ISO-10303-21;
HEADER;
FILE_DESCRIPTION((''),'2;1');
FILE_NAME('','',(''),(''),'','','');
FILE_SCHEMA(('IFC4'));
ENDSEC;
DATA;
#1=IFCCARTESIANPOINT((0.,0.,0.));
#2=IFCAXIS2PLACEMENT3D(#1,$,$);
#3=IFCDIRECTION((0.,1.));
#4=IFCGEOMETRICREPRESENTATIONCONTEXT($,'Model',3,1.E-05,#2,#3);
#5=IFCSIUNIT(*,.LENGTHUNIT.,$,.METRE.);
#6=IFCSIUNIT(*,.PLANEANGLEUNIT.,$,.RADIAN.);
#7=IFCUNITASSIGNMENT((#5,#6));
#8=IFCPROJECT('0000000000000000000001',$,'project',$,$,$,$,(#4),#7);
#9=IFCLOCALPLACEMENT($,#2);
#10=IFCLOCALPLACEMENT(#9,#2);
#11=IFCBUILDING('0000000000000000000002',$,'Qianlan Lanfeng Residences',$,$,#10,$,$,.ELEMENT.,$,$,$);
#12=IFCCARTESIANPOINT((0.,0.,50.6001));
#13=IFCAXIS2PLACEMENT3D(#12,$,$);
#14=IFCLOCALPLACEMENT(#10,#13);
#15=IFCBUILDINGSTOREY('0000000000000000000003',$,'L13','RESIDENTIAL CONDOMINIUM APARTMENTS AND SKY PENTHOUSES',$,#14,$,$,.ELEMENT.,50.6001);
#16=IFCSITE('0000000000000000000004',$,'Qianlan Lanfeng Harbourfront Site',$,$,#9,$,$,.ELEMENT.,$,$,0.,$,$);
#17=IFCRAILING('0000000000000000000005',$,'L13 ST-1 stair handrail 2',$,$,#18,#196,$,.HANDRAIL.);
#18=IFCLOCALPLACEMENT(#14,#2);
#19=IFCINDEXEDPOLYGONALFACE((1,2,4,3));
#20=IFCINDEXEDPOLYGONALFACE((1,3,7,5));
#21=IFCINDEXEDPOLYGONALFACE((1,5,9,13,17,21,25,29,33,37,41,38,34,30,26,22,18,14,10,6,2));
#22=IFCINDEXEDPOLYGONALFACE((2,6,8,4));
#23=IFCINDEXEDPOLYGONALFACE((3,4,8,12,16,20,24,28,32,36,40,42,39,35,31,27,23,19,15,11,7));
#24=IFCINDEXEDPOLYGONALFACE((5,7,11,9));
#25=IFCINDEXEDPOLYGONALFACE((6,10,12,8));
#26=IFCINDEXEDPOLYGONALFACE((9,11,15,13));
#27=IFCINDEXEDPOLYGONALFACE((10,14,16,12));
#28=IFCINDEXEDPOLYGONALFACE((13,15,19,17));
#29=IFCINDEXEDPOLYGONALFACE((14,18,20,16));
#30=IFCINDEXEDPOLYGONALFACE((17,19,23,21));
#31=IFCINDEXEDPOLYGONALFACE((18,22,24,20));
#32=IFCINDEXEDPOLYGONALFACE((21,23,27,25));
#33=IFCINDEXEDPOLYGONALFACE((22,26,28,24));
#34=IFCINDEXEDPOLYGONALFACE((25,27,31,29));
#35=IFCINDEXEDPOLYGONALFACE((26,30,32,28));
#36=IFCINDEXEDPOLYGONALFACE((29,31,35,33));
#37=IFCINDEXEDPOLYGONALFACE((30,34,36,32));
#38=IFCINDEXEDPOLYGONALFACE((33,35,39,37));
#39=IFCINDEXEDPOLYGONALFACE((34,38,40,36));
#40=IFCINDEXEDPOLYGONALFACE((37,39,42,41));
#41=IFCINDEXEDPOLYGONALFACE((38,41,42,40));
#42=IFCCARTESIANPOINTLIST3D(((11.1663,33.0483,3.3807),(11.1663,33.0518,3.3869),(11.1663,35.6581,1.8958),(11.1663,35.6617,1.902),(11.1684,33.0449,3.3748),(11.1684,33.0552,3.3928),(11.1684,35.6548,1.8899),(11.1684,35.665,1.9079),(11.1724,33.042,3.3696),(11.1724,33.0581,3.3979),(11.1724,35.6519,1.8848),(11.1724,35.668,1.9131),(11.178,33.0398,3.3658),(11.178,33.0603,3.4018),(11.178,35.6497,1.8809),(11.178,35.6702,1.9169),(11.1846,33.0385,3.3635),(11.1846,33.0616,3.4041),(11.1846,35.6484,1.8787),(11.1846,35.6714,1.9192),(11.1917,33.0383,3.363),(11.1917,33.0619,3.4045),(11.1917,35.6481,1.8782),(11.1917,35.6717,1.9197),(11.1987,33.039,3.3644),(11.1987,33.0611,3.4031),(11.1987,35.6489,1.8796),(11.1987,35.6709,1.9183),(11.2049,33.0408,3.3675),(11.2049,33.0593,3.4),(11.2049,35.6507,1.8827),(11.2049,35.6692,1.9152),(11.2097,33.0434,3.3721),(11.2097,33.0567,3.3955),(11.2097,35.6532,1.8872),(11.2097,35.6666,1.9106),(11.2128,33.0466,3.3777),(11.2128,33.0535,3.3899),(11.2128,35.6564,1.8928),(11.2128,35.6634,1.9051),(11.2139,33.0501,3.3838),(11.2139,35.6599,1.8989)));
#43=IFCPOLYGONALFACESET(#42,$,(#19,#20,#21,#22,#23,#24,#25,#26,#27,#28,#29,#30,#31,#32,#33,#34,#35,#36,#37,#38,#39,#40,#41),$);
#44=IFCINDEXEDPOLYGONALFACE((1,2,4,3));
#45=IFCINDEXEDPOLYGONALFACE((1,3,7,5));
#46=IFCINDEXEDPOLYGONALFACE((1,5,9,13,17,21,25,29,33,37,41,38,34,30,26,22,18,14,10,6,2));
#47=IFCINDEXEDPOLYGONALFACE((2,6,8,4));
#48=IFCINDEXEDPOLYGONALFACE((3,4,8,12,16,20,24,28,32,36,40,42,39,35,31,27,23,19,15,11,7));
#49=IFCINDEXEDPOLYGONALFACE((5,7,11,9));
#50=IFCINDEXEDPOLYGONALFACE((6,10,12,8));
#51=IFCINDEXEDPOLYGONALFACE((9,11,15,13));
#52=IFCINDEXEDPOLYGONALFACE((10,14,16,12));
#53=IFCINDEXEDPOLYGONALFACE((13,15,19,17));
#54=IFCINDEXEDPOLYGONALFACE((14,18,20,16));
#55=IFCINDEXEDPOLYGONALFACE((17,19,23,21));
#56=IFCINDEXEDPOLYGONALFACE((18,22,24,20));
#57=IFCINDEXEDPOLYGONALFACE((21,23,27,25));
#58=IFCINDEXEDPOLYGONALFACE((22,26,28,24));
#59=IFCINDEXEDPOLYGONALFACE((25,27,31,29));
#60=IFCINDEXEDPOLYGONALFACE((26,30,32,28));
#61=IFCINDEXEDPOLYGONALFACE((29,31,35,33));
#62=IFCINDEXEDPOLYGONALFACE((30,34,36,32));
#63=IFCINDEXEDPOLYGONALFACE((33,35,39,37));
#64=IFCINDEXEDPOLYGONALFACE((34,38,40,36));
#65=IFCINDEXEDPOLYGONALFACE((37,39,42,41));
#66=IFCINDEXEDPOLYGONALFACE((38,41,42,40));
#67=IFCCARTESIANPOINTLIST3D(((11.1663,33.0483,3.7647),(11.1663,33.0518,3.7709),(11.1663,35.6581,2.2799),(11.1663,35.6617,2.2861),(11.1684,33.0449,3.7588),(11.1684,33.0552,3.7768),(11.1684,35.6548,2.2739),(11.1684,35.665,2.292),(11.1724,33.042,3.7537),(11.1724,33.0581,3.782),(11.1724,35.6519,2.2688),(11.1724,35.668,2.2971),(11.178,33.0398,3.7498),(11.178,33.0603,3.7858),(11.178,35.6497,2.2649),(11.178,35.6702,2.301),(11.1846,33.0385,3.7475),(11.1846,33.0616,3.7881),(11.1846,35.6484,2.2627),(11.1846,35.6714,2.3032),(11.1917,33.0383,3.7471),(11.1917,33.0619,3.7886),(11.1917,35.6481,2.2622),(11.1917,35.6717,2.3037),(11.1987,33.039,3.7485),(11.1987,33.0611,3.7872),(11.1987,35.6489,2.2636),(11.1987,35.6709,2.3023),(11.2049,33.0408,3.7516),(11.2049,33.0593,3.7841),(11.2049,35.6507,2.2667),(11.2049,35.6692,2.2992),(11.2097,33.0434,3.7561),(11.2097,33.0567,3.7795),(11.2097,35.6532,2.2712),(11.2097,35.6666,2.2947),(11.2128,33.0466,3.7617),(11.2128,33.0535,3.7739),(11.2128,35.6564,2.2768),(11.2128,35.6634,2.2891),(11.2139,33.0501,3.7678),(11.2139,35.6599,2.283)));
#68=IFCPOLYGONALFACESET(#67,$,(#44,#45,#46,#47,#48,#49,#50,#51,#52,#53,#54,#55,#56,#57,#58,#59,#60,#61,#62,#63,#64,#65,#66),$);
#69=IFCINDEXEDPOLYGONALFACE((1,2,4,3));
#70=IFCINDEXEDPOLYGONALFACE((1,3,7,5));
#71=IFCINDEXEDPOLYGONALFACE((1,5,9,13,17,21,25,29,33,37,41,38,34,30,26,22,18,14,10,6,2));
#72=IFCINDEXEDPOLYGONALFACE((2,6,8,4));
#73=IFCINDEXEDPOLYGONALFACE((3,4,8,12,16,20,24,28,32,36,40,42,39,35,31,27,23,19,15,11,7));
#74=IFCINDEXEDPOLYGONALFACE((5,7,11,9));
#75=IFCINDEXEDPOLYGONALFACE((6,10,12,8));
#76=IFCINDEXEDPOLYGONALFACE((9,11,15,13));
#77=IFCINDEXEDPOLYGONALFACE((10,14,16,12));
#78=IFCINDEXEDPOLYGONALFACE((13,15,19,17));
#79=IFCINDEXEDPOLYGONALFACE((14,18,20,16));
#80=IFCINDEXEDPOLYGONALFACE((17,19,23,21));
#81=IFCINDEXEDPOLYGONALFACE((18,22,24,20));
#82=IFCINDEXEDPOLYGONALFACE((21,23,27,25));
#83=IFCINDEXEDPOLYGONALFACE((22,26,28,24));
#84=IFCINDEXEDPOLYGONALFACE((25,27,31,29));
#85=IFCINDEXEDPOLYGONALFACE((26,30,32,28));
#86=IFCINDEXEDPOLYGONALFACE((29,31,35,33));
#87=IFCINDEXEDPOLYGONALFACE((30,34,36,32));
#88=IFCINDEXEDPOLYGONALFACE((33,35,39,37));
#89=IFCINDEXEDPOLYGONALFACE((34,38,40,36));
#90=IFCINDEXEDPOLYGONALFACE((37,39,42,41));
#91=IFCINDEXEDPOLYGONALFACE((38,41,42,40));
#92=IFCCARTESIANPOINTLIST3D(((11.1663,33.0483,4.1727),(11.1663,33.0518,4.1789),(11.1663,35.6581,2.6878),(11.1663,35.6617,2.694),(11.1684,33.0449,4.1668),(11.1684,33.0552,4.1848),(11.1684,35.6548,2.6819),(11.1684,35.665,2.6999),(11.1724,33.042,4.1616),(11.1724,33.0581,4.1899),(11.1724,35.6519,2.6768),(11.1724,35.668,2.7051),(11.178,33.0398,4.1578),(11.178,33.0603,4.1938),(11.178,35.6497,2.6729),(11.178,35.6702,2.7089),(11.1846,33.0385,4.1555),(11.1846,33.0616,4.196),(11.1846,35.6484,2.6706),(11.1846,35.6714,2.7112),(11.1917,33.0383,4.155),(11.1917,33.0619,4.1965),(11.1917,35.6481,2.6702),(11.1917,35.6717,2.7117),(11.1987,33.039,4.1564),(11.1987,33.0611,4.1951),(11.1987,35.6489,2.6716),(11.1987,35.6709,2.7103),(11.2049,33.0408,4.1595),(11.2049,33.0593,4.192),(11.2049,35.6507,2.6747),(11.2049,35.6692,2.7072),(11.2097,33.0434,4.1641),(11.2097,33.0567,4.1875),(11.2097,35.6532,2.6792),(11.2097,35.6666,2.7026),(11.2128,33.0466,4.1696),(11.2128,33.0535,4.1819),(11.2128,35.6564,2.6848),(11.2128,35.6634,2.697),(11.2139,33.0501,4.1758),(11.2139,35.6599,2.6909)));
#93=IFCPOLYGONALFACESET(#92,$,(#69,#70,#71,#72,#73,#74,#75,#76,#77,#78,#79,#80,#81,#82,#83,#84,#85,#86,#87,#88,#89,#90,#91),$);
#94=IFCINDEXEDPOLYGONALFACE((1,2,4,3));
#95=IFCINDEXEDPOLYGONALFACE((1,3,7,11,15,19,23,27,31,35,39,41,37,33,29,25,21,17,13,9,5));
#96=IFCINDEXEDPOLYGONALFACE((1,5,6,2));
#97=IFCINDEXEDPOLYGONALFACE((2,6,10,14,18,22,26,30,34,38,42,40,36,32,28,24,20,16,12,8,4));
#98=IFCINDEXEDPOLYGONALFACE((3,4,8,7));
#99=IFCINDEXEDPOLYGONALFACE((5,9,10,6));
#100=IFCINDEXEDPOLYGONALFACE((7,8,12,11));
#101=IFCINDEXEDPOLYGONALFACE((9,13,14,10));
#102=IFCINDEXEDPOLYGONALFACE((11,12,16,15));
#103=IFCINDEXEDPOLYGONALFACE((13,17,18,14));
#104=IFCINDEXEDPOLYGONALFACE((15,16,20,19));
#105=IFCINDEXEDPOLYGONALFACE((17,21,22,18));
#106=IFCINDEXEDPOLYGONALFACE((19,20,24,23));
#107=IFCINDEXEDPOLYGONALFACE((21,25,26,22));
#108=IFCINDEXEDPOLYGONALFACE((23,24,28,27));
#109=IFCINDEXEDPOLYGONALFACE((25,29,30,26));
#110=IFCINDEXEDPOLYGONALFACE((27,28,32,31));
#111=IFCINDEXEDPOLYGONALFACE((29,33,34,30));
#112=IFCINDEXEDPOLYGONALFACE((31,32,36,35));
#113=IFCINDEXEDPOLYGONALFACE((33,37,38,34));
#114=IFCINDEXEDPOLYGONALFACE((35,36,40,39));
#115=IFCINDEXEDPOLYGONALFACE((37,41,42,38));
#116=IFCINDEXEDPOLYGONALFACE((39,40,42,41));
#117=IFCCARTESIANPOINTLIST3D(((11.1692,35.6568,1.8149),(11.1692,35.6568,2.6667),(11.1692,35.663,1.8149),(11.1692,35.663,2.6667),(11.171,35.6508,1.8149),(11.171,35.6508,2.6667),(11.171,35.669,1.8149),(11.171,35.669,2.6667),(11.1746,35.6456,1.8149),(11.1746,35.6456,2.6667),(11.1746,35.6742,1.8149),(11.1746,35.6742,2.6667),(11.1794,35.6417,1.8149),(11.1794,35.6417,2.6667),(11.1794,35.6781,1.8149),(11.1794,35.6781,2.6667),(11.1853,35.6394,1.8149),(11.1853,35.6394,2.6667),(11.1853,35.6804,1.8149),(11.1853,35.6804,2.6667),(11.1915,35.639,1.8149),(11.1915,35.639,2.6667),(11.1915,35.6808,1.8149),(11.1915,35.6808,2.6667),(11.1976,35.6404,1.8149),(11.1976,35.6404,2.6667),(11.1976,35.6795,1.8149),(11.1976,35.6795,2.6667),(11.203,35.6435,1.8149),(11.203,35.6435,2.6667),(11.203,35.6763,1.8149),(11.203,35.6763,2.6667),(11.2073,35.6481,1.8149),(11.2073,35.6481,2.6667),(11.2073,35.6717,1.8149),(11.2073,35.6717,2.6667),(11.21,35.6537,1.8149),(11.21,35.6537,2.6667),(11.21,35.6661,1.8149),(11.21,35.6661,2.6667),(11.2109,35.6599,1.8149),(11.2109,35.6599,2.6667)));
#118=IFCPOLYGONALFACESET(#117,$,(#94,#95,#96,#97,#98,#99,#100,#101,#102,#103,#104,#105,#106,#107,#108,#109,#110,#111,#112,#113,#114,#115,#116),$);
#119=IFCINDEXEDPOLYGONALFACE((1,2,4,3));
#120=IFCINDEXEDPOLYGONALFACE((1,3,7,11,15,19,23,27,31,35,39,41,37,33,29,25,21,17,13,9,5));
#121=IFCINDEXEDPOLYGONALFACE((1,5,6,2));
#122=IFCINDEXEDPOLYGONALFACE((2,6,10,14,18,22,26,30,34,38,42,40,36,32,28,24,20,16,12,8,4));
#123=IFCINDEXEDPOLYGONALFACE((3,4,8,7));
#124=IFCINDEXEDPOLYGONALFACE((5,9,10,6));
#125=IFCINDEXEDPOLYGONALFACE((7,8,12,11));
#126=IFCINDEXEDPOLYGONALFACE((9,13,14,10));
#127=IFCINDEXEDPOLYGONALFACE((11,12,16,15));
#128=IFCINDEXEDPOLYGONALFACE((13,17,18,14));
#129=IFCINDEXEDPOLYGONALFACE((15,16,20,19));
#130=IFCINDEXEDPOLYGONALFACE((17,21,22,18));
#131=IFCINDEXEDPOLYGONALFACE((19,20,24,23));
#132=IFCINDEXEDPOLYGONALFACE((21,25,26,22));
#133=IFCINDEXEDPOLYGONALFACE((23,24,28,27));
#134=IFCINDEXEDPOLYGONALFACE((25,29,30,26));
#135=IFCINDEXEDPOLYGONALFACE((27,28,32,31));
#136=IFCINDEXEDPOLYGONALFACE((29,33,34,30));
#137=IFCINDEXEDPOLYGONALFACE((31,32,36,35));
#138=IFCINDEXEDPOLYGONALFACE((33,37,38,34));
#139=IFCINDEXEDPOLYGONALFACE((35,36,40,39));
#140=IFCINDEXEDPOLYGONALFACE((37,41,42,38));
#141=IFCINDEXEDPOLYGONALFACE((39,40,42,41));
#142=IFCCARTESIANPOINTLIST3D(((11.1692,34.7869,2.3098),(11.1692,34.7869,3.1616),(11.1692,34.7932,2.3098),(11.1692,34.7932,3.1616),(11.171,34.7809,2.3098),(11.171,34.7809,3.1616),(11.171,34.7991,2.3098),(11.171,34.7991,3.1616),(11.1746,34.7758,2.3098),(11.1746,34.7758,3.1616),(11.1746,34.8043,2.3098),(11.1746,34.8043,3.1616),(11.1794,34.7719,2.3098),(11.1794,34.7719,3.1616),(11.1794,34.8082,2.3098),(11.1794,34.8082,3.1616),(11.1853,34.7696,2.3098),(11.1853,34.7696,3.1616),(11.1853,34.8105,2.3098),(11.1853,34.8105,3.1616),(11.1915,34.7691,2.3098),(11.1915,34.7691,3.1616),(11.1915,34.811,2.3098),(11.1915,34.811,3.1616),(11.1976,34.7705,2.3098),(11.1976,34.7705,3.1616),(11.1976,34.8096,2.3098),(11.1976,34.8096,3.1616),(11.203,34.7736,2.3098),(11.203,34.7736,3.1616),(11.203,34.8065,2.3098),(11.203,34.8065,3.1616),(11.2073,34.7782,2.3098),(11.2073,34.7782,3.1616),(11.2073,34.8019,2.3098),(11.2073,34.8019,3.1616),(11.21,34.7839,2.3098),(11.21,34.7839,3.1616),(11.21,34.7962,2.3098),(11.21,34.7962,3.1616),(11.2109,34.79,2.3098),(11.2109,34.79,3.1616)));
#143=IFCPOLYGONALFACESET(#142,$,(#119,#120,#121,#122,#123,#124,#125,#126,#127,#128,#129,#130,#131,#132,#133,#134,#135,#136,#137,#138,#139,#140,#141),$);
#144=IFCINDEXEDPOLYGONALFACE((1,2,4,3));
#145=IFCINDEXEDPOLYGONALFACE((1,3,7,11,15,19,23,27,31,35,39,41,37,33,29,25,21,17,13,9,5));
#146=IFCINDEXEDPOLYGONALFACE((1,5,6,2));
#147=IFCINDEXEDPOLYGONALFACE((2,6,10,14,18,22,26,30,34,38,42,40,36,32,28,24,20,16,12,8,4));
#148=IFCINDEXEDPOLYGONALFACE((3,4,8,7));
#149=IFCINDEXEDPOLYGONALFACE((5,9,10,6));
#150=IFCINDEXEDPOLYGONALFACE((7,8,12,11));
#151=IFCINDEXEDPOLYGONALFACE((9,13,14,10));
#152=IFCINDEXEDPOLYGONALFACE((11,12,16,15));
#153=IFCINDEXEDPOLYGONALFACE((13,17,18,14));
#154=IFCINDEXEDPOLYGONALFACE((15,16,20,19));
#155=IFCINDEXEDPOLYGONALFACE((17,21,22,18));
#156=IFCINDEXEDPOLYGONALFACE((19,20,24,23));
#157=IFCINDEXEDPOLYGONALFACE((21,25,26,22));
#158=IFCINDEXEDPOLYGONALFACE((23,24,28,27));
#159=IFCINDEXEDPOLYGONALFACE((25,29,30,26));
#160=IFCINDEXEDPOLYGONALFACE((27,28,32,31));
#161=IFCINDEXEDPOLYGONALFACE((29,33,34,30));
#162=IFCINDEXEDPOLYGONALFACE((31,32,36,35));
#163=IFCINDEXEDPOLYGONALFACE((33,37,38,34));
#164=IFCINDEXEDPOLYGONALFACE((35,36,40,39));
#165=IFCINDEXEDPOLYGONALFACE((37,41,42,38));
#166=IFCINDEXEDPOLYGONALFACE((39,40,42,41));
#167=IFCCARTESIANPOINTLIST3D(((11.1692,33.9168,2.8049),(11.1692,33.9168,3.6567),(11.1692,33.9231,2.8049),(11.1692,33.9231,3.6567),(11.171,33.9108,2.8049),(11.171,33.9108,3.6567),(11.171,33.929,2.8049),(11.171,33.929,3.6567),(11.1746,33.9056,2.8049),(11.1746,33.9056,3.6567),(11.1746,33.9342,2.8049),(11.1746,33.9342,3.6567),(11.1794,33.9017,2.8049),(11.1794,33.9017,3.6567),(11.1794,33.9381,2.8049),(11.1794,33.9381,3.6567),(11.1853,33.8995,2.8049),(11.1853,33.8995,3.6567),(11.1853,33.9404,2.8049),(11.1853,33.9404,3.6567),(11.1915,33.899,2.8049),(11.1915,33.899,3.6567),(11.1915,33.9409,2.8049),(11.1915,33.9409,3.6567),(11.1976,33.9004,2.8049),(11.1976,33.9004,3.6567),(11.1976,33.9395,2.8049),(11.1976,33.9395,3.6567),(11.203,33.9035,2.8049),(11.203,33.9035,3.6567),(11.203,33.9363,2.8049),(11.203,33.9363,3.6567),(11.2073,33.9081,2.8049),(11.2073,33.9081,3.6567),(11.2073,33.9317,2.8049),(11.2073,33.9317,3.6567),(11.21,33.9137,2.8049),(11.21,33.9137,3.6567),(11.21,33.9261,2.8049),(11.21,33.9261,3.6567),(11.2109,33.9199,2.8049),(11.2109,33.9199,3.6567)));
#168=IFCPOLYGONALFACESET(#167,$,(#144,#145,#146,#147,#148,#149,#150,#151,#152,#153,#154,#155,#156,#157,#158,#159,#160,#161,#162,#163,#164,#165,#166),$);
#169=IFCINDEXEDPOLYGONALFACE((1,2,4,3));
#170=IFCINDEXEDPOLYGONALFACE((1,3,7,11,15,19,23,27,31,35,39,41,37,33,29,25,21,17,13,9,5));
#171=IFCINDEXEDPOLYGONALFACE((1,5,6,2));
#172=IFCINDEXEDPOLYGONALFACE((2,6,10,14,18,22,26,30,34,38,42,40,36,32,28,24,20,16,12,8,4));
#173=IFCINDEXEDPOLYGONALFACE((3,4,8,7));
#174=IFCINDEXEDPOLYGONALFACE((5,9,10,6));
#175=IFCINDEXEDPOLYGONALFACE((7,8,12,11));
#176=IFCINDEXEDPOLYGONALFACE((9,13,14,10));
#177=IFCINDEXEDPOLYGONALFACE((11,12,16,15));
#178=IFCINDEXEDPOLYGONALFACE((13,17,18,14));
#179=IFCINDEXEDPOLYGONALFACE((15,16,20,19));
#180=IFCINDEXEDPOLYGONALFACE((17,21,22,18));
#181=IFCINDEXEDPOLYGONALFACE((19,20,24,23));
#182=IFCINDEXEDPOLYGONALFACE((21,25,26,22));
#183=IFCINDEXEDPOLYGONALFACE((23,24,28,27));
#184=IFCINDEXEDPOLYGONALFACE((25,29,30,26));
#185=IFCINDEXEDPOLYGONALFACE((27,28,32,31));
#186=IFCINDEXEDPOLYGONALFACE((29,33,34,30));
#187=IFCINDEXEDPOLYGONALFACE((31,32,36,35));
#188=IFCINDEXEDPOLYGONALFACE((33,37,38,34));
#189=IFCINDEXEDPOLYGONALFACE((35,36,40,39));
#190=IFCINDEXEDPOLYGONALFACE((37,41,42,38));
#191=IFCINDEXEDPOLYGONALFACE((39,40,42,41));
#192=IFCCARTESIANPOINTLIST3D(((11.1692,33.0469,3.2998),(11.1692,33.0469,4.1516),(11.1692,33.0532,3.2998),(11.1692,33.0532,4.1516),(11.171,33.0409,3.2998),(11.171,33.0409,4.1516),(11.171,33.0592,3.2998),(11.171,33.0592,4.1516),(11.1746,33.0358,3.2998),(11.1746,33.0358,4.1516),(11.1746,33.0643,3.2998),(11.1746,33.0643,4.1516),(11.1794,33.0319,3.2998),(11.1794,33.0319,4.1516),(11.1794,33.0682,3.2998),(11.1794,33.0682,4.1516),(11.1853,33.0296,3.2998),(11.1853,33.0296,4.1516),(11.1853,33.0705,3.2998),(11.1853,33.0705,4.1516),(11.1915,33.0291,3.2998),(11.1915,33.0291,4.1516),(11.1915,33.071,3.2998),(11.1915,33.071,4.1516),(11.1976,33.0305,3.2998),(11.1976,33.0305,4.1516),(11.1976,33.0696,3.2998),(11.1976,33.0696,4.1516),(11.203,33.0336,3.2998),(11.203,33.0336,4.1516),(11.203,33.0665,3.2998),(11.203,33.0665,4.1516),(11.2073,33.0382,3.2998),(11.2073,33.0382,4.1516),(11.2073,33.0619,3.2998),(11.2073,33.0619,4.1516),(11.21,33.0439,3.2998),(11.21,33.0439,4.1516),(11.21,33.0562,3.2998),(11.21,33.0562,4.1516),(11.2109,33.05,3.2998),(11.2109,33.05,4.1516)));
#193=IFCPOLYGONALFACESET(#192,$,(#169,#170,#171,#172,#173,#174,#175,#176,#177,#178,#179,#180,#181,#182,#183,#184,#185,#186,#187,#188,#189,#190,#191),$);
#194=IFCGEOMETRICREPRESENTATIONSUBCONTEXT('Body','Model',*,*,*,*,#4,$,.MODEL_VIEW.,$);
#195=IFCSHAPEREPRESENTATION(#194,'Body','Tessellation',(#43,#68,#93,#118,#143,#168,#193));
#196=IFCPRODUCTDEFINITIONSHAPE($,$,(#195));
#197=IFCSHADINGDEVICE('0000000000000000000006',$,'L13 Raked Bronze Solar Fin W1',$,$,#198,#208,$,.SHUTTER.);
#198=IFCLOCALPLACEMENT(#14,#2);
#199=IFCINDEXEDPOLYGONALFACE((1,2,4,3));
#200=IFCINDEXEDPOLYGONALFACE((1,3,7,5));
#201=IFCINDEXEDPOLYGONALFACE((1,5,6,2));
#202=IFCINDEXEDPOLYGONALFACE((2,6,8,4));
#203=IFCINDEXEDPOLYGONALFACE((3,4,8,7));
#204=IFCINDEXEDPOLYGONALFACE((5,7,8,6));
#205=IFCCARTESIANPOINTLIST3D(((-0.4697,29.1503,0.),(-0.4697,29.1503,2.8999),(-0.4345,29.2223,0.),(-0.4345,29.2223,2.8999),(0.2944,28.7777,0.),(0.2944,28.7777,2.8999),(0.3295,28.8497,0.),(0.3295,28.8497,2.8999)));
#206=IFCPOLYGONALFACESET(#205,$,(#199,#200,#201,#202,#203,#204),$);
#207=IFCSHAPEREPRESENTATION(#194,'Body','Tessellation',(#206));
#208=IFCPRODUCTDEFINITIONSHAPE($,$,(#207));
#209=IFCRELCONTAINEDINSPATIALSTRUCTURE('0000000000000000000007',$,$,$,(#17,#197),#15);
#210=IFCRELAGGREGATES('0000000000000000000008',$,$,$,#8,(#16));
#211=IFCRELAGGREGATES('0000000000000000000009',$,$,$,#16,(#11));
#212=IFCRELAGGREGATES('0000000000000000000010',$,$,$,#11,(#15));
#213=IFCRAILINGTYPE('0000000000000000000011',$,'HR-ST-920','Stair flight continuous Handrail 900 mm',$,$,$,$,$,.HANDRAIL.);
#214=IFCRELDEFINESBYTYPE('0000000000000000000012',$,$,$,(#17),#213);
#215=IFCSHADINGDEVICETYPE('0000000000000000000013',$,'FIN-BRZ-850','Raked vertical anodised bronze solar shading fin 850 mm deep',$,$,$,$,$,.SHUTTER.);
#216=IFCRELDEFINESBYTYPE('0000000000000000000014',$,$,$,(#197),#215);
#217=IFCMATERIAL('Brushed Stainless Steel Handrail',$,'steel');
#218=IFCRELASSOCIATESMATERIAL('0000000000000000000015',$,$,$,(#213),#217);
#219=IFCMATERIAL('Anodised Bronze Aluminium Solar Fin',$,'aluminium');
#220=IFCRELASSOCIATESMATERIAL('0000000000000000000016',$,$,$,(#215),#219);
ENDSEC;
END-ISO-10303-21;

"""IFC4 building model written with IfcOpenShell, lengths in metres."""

from ifc_helpers import new_model, si_unit, direction, frame, origin, origin_2d, place, context, subcontext, project, spatial, rectangle, circle, extrude, source, transform, mapped, material, type_object, element, save


model = new_model("IFC4")

# Units and contexts
model_context = context("Model", 3, precision=1e-05, world=origin(), true_north=direction((0.0, 1.0)))
body_context = subcontext(model_context, "Body", "Model", "MODEL_VIEW")
ifc_project = project(units=[si_unit("LENGTHUNIT", "METRE"), si_unit("PLANEANGLEUNIT", "RADIAN")], contexts=[model_context])

# Site, building, storey
site_placement = place(None, origin())
site = spatial("IfcSite", under=ifc_project, at=site_placement, Name="Qianlan Lanfeng Harbourfront Site", CompositionType="ELEMENT", RefElevation=0.0)
building_placement = place(site_placement, origin())
building = spatial("IfcBuilding", under=site, at=building_placement, Name="Qianlan Lanfeng Residences", CompositionType="ELEMENT")
storey_placement = place(building_placement, frame((0.0, 0.0, 50.6001)))
storey = spatial("IfcBuildingStorey", under=building, at=storey_placement, Name="L13", Description="RESIDENTIAL CONDOMINIUM APARTMENTS AND SKY PENTHOUSES", CompositionType="ELEMENT", Elevation=50.6001)

# Railing
ifc_material_1 = material(Name="Brushed Stainless Steel Handrail", Category="steel")
railing_type = type_object("IfcRailingType", Name="HR-ST-920", Description="Stair flight continuous Handrail 900 mm", PredefinedType="HANDRAIL", material=ifc_material_1)
railing_placement = place(storey_placement, frame((11.1899, 35.6599, 1.8149)))
element("IfcRailing", 1, at=railing_placement, inside=storey, type_object=railing_type, Name="L13 ST-1 stair handrail 2", PredefinedType="HANDRAIL", context=body_context, shape_type="SweptSolid", body=[
    extrude(circle(Radius=0.0239, at=origin_2d()), frame((0.0, 0.0, 0.084), z_axis=(0.0, -0.869172, 0.494509), x_axis=(1.0, 0.0, 0.0)), (0.0, 0.0, 1.0), 3.0027),
    extrude(circle(Radius=0.0239, at=origin_2d()), frame((0.0, 0.0, 0.468), z_axis=(0.0, -0.869172, 0.494509), x_axis=(1.0, 0.0, 0.0)), (0.0, 0.0, 1.0), 3.0027),
    extrude(circle(Radius=0.0239, at=origin_2d()), frame((0.0, 0.0, 0.876), z_axis=(0.0, -0.869172, 0.494509), x_axis=(1.0, 0.0, 0.0)), (0.0, 0.0, 1.0), 3.0027),
    extrude(circle(Radius=0.021, at=origin_2d()), origin(), (0.0, 0.0, 1.0), 0.8518),
    extrude(circle(Radius=0.021, at=origin_2d()), frame((0.0, -0.8699, 0.4949)), (0.0, 0.0, 1.0), 0.8518),
    extrude(circle(Radius=0.021, at=origin_2d()), frame((0.0, -1.74, 0.99)), (0.0, 0.0, 1.0), 0.8518),
    extrude(circle(Radius=0.021, at=origin_2d()), frame((0.0, -2.6099, 1.4849)), (0.0, 0.0, 1.0), 0.8518),
])

# Shading device
ifc_material_2 = material(Name="Anodised Bronze Aluminium Solar Fin", Category="aluminium")
shading_device_type = type_object("IfcShadingDeviceType", Name="FIN-BRZ-850", Description="Raked vertical anodised bronze solar shading fin 850 mm deep", PredefinedType="SHUTTER", material=ifc_material_2)
shared_shape_1 = source(origin(), body_context, "Body", "SweptSolid", [
    extrude(rectangle(XDim=0.8501, YDim=0.0801, at=origin_2d()), origin(), (0.0, 0.0, 1.0), 2.8999),
])
for number, where, z_axis, x_axis, name in (
    (2, (-0.0701, 29.0, 0.0), (0.0, 0.0, 1.0), (0.898794, -0.438371, 0.0), "L13 Raked Bronze Solar Fin W1"),
):
    element("IfcShadingDevice", number, at=place(storey_placement, frame(where, z_axis=z_axis, x_axis=x_axis)), inside=storey, type_object=shading_device_type, Name=name, PredefinedType="SHUTTER", context=body_context, shape_type="MappedRepresentation", body=[
        mapped(shared_shape_1, transform((0.0, 0.0, 0.0), scale=1.0)),
    ])

save(model, "model.ifc")
